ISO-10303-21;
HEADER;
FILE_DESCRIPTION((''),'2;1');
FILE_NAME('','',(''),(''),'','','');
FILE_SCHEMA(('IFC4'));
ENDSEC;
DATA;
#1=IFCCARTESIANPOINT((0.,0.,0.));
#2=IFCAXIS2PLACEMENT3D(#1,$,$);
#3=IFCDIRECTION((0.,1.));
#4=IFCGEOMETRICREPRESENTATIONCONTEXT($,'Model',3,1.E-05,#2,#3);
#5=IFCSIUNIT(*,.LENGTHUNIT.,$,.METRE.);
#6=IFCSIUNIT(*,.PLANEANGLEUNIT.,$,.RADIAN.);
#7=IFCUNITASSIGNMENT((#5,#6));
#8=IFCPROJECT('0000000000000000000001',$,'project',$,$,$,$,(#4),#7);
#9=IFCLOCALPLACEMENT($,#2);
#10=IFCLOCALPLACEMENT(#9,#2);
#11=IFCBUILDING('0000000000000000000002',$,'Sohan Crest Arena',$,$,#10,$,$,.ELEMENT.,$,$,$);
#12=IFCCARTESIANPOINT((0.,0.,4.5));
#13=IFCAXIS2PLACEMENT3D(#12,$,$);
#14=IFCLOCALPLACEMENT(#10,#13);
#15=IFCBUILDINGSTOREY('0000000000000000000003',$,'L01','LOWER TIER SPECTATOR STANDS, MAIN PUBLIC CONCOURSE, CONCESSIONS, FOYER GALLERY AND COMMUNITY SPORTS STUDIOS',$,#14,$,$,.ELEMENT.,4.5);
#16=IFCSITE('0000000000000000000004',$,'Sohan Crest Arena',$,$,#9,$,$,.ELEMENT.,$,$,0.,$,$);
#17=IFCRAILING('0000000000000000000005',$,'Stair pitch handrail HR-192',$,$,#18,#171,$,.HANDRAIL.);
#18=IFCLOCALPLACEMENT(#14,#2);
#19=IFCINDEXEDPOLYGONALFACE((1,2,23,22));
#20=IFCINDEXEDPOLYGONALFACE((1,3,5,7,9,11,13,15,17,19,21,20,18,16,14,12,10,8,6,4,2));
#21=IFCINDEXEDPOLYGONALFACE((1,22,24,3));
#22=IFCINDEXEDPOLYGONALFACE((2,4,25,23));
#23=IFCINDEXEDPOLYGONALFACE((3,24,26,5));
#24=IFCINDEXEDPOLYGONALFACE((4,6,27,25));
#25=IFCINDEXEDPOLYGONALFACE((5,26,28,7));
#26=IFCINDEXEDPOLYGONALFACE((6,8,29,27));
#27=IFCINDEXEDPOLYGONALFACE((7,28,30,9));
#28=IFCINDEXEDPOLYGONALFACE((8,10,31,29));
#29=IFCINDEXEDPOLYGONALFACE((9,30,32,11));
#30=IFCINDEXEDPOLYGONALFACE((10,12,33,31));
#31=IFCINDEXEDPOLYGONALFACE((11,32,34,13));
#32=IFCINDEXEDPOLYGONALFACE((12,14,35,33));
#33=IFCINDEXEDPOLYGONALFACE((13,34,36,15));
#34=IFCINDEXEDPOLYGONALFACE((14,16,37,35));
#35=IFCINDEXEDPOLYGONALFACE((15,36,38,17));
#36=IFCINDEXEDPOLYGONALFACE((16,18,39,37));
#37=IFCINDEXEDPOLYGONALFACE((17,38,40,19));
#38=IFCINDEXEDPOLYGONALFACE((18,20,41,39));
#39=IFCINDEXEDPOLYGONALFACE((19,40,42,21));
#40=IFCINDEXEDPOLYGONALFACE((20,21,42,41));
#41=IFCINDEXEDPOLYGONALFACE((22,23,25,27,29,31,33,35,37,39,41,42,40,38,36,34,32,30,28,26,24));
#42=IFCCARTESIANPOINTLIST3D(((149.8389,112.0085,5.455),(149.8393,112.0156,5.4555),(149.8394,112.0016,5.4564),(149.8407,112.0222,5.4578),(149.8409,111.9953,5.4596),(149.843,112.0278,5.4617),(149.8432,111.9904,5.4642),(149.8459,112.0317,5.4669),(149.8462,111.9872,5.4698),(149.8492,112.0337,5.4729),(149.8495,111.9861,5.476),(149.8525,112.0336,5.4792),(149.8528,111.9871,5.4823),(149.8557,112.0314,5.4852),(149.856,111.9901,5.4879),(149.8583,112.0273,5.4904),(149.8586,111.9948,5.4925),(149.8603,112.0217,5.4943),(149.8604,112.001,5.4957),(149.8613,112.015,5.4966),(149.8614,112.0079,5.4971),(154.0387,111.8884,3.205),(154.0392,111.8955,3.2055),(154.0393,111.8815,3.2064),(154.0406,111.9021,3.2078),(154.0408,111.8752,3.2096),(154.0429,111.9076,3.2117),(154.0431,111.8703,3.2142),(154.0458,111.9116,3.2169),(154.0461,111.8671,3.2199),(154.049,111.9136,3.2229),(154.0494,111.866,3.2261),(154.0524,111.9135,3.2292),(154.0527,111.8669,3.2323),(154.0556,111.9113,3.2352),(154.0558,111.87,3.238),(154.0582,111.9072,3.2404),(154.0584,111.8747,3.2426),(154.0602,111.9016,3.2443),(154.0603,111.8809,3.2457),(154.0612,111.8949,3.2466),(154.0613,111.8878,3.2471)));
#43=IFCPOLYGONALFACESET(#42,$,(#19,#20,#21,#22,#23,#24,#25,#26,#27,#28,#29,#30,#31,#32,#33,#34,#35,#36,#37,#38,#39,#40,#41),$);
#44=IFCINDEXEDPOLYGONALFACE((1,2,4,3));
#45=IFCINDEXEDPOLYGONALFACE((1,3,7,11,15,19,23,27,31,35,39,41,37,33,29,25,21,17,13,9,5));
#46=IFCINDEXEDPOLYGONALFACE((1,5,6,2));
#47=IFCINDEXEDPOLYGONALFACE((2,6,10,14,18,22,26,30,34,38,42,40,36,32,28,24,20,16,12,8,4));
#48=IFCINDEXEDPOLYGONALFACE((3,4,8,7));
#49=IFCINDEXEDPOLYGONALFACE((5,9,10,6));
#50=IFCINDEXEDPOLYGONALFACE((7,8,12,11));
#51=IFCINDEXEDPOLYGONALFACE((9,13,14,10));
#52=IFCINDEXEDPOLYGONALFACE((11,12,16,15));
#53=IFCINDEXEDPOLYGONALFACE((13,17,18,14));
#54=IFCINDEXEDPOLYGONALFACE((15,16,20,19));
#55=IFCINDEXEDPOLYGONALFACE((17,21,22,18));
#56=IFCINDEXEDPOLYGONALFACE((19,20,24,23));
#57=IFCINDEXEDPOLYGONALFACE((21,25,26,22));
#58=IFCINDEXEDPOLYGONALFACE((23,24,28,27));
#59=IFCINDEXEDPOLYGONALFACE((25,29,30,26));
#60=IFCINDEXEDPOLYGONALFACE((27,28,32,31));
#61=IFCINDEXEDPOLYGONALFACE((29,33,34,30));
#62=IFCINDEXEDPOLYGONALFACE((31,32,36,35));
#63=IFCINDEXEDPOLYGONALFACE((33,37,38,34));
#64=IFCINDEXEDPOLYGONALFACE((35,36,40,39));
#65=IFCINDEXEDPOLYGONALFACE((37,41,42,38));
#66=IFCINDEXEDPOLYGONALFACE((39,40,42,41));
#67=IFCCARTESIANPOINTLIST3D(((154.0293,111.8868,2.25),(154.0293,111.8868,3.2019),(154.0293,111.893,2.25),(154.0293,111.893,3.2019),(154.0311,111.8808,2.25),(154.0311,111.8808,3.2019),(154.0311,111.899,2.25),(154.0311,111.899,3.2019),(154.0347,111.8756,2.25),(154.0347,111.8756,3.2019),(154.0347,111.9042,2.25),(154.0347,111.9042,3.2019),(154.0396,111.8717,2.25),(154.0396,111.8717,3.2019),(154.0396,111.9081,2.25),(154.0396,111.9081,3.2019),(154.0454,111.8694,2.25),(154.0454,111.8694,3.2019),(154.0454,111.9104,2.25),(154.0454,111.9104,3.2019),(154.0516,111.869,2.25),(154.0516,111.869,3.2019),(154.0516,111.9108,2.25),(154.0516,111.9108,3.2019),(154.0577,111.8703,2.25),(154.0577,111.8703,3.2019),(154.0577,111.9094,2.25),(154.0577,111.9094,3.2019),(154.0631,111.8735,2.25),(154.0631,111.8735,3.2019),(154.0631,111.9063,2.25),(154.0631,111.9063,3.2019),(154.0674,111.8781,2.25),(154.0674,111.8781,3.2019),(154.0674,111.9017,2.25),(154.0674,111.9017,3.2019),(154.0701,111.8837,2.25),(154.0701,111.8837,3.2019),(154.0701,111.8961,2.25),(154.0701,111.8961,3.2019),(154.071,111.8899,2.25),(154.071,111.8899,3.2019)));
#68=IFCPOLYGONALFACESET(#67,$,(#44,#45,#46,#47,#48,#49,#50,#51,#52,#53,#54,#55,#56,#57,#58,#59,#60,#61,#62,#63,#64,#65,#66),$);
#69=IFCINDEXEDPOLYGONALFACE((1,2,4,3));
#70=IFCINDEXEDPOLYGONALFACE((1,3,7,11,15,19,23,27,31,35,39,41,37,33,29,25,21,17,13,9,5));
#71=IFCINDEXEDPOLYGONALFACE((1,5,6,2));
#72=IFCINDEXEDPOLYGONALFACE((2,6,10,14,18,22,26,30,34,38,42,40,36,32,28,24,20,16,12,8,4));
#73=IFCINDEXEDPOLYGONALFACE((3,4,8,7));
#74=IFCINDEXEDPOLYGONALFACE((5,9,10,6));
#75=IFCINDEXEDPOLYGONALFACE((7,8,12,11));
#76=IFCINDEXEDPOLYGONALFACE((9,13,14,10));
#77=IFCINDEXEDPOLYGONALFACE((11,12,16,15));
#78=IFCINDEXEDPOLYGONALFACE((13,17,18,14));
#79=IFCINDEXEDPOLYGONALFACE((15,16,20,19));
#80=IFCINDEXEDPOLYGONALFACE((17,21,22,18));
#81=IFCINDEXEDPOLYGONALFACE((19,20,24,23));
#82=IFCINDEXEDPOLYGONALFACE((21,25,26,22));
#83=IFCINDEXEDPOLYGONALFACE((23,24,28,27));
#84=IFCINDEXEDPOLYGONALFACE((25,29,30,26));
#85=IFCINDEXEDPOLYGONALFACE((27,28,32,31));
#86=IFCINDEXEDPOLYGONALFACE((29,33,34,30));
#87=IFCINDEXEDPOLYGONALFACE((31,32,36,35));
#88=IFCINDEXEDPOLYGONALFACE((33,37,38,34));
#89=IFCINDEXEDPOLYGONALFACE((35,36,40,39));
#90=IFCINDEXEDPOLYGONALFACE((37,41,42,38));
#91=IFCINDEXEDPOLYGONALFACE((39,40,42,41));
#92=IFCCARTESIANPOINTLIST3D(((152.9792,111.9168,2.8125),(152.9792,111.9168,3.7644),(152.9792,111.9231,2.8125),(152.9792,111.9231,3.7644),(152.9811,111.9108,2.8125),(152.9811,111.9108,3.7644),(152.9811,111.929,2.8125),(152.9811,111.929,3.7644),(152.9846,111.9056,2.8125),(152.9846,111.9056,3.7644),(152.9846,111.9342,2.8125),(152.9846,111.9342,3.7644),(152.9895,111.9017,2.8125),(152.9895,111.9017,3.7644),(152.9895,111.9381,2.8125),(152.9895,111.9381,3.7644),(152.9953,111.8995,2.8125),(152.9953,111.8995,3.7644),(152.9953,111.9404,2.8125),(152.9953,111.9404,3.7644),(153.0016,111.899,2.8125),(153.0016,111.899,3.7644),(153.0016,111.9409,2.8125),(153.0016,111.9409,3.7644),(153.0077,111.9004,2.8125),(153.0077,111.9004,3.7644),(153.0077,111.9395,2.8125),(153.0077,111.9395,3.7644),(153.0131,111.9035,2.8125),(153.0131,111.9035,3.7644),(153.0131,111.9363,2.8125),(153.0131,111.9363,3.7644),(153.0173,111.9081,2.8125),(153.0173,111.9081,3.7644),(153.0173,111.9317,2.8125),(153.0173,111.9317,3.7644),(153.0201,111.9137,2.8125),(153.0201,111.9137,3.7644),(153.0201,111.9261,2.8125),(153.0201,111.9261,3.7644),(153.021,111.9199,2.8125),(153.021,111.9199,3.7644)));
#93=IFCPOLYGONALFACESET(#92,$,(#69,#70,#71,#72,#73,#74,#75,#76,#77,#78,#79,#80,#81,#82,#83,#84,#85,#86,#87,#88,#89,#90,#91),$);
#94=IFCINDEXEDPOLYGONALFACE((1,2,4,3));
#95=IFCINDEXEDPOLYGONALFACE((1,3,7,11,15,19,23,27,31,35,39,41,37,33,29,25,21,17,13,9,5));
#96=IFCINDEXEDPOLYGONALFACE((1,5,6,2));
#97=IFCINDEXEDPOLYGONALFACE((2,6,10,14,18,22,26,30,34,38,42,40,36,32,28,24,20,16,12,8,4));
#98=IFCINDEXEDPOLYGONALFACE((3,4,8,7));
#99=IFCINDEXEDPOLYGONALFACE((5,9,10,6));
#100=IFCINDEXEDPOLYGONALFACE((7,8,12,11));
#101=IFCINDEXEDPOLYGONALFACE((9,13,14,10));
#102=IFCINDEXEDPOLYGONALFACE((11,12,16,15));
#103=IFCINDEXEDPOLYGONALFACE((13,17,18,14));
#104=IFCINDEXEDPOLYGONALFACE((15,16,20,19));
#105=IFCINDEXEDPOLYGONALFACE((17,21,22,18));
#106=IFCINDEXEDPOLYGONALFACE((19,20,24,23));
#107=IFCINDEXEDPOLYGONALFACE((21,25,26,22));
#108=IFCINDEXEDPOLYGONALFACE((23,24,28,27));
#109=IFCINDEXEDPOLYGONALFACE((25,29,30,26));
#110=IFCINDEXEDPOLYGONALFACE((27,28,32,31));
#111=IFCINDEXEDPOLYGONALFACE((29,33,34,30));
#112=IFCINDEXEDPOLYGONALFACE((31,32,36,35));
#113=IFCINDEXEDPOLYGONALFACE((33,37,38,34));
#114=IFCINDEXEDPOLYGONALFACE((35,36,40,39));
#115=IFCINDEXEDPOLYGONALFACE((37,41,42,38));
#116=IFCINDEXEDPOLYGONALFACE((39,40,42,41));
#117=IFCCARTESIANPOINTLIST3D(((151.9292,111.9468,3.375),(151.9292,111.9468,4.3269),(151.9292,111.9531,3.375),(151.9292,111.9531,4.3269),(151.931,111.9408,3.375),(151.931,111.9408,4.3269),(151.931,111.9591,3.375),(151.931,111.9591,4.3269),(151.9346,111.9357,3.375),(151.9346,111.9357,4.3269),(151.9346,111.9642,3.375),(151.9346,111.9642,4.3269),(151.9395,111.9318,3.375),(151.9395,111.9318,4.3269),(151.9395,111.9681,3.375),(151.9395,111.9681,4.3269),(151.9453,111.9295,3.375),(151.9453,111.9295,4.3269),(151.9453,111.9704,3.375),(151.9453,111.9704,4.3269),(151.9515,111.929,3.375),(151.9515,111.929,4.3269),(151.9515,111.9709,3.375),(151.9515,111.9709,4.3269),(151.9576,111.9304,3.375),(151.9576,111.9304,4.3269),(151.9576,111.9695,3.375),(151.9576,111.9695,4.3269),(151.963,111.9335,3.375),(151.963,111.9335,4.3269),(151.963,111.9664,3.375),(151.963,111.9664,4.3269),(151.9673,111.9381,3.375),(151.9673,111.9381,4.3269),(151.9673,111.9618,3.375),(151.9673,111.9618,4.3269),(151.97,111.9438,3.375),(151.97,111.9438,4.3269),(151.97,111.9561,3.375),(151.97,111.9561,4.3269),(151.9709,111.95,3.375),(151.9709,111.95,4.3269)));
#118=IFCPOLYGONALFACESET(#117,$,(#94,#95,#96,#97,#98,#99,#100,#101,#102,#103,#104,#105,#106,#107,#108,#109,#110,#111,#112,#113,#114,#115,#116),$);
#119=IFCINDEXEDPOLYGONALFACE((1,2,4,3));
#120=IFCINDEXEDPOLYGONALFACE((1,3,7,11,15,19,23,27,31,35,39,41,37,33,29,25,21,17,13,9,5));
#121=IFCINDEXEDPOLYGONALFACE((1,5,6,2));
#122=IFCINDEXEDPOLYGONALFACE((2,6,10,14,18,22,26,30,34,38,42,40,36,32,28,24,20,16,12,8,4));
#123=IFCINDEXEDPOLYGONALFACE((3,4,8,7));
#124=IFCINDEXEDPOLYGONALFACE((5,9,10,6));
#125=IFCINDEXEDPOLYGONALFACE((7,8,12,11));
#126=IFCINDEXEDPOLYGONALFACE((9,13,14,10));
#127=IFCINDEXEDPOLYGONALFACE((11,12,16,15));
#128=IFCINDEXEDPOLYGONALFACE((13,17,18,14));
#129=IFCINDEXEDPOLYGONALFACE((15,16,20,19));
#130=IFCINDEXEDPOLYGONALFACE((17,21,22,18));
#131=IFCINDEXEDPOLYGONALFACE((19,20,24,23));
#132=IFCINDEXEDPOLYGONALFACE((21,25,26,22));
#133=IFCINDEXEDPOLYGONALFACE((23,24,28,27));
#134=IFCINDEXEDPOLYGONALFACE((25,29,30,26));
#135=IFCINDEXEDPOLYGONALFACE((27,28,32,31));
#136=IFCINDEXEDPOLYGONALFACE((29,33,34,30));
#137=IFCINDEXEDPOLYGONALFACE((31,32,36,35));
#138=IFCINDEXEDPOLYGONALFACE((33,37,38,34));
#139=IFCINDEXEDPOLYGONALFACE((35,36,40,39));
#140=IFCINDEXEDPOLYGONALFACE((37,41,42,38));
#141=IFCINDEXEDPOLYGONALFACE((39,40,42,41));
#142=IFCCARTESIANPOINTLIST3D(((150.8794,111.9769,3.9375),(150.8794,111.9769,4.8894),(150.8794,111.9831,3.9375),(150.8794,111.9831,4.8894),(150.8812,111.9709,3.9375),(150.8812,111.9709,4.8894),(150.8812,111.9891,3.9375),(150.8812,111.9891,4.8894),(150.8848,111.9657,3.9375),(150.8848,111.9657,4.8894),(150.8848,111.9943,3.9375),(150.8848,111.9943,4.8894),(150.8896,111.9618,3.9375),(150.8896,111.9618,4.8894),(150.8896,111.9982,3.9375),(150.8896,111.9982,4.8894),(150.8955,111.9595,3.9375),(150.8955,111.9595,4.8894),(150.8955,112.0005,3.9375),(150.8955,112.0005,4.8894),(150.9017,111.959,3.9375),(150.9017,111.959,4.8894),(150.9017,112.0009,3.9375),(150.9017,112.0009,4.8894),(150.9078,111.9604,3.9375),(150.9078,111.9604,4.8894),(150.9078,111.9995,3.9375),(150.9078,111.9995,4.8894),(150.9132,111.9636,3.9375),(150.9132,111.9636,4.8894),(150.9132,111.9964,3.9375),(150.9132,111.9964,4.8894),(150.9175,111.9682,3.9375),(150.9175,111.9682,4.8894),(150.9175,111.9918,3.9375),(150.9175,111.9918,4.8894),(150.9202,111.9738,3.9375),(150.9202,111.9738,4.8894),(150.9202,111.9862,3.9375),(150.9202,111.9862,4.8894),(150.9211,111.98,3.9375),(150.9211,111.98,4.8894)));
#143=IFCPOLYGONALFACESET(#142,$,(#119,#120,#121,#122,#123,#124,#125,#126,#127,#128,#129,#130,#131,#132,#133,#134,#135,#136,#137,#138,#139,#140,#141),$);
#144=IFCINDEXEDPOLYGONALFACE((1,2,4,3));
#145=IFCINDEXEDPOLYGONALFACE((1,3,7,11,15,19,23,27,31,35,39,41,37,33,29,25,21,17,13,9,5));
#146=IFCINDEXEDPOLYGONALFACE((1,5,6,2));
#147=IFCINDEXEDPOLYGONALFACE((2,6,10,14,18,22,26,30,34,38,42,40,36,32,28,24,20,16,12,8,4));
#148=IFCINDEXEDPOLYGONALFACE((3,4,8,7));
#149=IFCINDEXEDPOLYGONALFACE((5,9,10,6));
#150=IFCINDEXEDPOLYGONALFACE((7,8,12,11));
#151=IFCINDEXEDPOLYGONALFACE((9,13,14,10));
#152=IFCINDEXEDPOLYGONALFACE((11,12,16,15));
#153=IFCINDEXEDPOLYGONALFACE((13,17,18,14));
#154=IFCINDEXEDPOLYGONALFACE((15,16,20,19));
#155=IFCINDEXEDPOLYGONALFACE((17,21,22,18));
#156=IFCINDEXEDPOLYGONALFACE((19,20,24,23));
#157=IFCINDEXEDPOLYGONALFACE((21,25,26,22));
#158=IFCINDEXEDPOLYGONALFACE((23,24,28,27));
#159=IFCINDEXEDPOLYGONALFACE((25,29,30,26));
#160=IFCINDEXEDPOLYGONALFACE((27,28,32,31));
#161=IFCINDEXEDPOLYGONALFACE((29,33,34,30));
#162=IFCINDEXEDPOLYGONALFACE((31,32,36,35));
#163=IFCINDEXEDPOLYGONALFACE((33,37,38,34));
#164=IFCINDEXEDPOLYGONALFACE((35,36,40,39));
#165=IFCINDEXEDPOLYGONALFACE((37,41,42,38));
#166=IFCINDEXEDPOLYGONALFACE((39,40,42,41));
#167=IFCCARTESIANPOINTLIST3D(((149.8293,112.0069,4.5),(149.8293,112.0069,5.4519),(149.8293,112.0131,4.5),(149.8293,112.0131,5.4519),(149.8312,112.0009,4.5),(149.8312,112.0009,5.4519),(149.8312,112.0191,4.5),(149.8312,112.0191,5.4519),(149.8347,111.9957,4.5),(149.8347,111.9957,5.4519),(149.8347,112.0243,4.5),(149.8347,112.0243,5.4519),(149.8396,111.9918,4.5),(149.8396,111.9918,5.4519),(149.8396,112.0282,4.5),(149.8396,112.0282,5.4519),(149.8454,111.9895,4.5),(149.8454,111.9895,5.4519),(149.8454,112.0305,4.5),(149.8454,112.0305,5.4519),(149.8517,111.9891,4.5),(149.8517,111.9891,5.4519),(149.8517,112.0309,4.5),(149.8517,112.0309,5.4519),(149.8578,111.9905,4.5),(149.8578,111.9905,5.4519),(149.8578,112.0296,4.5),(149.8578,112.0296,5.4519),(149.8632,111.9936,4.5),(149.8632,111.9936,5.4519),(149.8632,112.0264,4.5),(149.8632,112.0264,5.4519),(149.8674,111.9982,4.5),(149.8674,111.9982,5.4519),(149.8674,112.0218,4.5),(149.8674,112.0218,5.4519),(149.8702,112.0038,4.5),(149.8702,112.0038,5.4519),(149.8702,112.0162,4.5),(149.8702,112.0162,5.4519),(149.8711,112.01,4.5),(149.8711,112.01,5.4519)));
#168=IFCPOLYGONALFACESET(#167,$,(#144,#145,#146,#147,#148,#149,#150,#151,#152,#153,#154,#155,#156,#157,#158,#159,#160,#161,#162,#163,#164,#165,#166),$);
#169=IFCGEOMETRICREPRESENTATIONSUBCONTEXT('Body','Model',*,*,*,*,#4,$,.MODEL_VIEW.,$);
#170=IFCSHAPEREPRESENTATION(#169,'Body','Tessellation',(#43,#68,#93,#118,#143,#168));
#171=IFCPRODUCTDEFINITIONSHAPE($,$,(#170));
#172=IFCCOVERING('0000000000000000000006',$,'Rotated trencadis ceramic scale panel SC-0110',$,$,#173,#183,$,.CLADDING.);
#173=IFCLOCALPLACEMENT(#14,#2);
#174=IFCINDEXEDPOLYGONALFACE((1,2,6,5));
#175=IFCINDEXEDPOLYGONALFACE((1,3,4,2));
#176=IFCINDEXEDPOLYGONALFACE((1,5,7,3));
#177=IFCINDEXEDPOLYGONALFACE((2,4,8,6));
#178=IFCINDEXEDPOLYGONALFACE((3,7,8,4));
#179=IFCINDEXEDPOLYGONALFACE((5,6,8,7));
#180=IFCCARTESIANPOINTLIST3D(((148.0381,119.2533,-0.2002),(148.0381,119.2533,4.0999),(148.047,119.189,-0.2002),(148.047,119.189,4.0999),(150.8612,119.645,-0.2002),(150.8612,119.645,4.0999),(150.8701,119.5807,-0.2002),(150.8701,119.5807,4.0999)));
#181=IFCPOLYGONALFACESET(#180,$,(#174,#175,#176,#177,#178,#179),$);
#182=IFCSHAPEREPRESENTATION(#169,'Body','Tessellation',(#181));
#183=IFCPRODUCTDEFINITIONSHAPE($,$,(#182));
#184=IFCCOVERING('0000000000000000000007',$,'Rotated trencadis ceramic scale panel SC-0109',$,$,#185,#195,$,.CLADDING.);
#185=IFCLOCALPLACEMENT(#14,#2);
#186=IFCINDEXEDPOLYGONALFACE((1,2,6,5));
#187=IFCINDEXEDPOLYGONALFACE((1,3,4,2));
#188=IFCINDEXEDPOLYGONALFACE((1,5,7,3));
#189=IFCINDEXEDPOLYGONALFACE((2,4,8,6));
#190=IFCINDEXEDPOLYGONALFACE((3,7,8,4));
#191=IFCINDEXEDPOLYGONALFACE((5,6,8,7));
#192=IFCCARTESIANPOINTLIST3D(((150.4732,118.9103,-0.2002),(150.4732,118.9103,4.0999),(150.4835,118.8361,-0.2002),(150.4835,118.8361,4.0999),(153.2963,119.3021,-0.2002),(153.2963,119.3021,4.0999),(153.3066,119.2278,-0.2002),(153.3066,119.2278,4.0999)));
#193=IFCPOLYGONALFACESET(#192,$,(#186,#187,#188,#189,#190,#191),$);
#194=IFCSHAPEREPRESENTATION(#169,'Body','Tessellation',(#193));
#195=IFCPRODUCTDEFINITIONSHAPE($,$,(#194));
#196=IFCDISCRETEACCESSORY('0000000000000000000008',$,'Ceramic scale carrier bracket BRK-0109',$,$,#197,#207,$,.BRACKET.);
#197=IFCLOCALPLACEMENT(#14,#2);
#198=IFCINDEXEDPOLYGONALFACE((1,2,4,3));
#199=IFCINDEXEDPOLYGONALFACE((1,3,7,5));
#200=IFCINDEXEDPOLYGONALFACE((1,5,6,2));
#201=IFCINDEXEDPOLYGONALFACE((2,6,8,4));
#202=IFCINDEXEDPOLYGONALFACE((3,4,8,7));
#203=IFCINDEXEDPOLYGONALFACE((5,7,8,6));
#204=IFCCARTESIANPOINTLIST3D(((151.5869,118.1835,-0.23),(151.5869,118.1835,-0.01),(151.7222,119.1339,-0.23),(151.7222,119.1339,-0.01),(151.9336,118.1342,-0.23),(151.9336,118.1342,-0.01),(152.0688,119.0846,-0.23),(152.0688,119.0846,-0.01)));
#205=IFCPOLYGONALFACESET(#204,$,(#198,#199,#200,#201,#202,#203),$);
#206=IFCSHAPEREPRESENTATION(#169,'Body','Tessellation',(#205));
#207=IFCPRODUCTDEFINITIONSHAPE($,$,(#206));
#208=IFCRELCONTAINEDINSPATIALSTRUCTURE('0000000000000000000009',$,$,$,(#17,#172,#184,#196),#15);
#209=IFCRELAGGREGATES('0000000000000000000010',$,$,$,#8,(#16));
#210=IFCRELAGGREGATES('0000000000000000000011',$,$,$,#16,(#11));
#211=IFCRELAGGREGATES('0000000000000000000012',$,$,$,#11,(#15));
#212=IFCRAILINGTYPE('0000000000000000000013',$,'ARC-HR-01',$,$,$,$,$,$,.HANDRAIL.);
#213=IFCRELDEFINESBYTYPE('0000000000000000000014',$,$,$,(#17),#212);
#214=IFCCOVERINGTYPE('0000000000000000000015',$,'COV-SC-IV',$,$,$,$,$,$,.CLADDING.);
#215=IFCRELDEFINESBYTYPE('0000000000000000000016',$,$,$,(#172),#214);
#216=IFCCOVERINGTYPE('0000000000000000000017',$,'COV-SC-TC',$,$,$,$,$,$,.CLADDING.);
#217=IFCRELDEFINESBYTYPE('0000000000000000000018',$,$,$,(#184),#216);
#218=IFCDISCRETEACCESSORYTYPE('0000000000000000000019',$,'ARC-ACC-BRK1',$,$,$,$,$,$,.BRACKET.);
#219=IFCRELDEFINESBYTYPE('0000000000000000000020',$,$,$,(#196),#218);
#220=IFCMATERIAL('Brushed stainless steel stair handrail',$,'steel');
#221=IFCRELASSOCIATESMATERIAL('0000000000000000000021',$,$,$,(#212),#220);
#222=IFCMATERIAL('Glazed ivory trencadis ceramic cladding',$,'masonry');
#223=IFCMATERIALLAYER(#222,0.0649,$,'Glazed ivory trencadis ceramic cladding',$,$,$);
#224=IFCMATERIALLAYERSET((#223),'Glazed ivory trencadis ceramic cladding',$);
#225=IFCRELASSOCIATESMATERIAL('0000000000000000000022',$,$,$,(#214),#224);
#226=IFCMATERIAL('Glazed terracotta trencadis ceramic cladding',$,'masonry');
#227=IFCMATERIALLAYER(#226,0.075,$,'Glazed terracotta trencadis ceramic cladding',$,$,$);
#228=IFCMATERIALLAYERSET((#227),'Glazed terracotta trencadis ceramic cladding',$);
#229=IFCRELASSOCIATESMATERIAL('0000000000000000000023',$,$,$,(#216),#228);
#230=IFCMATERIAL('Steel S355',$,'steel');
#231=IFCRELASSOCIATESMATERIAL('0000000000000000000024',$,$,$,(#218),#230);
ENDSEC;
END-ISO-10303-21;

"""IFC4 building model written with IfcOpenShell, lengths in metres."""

from ifc_helpers import new_model, si_unit, direction, frame, origin, origin_2d, place, context, subcontext, project, spatial, rectangle, circle, extrude, material, layer, layer_set, type_object, element, save


model = new_model("IFC4")

# Units and contexts
model_context = context("Model", 3, precision=1e-05, world=origin(), true_north=direction((0.0, 1.0)))
body_context = subcontext(model_context, "Body", "Model", "MODEL_VIEW")
ifc_project = project(units=[si_unit("LENGTHUNIT", "METRE"), si_unit("PLANEANGLEUNIT", "RADIAN")], contexts=[model_context])

# Site, building, storey
site_placement = place(None, origin())
site = spatial("IfcSite", under=ifc_project, at=site_placement, Name="Sohan Crest Arena", CompositionType="ELEMENT", RefElevation=0.0)
building_placement = place(site_placement, origin())
building = spatial("IfcBuilding", under=site, at=building_placement, Name="Sohan Crest Arena", CompositionType="ELEMENT")
storey_placement = place(building_placement, frame((0.0, 0.0, 4.5)))
storey = spatial("IfcBuildingStorey", under=building, at=storey_placement, Name="L01", Description="LOWER TIER SPECTATOR STANDS, MAIN PUBLIC CONCOURSE, CONCESSIONS, FOYER GALLERY AND COMMUNITY SPORTS STUDIOS", CompositionType="ELEMENT", Elevation=4.5)

# Railing
ifc_material_1 = material(Name="Brushed stainless steel stair handrail", Category="steel")
railing_type = type_object("IfcRailingType", Name="ARC-HR-01", PredefinedType="HANDRAIL", material=ifc_material_1)
railing_placement = place(storey_placement, frame((154.05, 111.8899, 2.25)))
element("IfcRailing", 1, at=railing_placement, inside=storey, type_object=railing_type, Name="Stair pitch handrail HR-192", PredefinedType="HANDRAIL", context=body_context, shape_type="SweptSolid", body=[
    extrude(circle(Radius=0.0239, at=origin_2d()), frame((0.0, 0.0, 0.9761), z_axis=(-0.881198, 0.025202, 0.472076), x_axis=(-0.028588, -0.999591, 0.0)), (0.0, 0.0, 1.0), 4.7661),
    extrude(circle(Radius=0.021, at=origin_2d()), origin(), (0.0, 0.0, 1.0), 0.9519),
    extrude(circle(Radius=0.021, at=origin_2d()), frame((-1.05, 0.03, 0.5625)), (0.0, 0.0, 1.0), 0.9519),
    extrude(circle(Radius=0.021, at=origin_2d()), frame((-2.1001, 0.0601, 1.125)), (0.0, 0.0, 1.0), 0.9519),
    extrude(circle(Radius=0.021, at=origin_2d()), frame((-3.1499, 0.0901, 1.6875)), (0.0, 0.0, 1.0), 0.9519),
    extrude(circle(Radius=0.021, at=origin_2d()), frame((-4.2, 0.1201, 2.25)), (0.0, 0.0, 1.0), 0.9519),
])

# Coverings
ifc_material_2 = material(Name="Glazed ivory trencadis ceramic cladding", Category="masonry")
ifc_layer_1 = layer(ifc_material_2, 0.0649, Name="Glazed ivory trencadis ceramic cladding")
ifc_layer_set_1 = layer_set([ifc_layer_1], Name="Glazed ivory trencadis ceramic cladding")
covering_type_1 = type_object("IfcCoveringType", Name="COV-SC-IV", PredefinedType="CLADDING", material=ifc_layer_set_1)
covering_1_placement = place(storey_placement, frame((149.4541, 119.417, -0.2002), z_axis=(0.0, 0.0, 1.0), x_axis=(-0.990509, -0.137445, 0.0)))
element("IfcCovering", 2, at=covering_1_placement, inside=storey, type_object=covering_type_1, Name="Rotated trencadis ceramic scale panel SC-0110", PredefinedType="CLADDING", context=body_context, shape_type="SweptSolid", body=[
    extrude(rectangle(XDim=2.8501, YDim=0.0649, at=origin_2d()), origin(), (0.0, 0.0, 1.0), 4.3),
])
ifc_material_3 = material(Name="Glazed terracotta trencadis ceramic cladding", Category="masonry")
ifc_layer_2 = layer(ifc_material_3, 0.075, Name="Glazed terracotta trencadis ceramic cladding")
ifc_layer_set_2 = layer_set([ifc_layer_2], Name="Glazed terracotta trencadis ceramic cladding")
covering_type_2 = type_object("IfcCoveringType", Name="COV-SC-TC", PredefinedType="CLADDING", material=ifc_layer_set_2)
covering_2_placement = place(storey_placement, frame((151.8899, 119.0691, -0.2002), z_axis=(0.0, 0.0, 1.0), x_axis=(-0.990509, -0.137445, 0.0)))
element("IfcCovering", 3, at=covering_2_placement, inside=storey, type_object=covering_type_2, Name="Rotated trencadis ceramic scale panel SC-0109", PredefinedType="CLADDING", context=body_context, shape_type="SweptSolid", body=[
    extrude(rectangle(XDim=2.8501, YDim=0.075, at=origin_2d()), origin(), (0.0, 0.0, 1.0), 4.3),
])

# Discrete accessory
ifc_material_4 = material(Name="Steel S355", Category="steel")
discrete_accessory_type = type_object("IfcDiscreteAccessoryType", Name="ARC-ACC-BRK1", PredefinedType="BRACKET", material=ifc_material_4)
for number, where, z_axis, x_axis, name in (
    (4, (151.8279, 118.634, -0.23), (0.0, 0.0, 1.0), (-0.990024, 0.140901, 0.0), "Ceramic scale carrier bracket BRK-0109"),
):
    element("IfcDiscreteAccessory", number, at=place(storey_placement, frame(where, z_axis=z_axis, x_axis=x_axis)), inside=storey, type_object=discrete_accessory_type, Name=name, PredefinedType="BRACKET", context=body_context, shape_type="SweptSolid", body=[
        extrude(rectangle(XDim=0.3501, YDim=0.96, at=origin_2d()), origin(), (0.0, 0.0, 1.0), 0.22),
    ])

save(model, "model.ifc")
